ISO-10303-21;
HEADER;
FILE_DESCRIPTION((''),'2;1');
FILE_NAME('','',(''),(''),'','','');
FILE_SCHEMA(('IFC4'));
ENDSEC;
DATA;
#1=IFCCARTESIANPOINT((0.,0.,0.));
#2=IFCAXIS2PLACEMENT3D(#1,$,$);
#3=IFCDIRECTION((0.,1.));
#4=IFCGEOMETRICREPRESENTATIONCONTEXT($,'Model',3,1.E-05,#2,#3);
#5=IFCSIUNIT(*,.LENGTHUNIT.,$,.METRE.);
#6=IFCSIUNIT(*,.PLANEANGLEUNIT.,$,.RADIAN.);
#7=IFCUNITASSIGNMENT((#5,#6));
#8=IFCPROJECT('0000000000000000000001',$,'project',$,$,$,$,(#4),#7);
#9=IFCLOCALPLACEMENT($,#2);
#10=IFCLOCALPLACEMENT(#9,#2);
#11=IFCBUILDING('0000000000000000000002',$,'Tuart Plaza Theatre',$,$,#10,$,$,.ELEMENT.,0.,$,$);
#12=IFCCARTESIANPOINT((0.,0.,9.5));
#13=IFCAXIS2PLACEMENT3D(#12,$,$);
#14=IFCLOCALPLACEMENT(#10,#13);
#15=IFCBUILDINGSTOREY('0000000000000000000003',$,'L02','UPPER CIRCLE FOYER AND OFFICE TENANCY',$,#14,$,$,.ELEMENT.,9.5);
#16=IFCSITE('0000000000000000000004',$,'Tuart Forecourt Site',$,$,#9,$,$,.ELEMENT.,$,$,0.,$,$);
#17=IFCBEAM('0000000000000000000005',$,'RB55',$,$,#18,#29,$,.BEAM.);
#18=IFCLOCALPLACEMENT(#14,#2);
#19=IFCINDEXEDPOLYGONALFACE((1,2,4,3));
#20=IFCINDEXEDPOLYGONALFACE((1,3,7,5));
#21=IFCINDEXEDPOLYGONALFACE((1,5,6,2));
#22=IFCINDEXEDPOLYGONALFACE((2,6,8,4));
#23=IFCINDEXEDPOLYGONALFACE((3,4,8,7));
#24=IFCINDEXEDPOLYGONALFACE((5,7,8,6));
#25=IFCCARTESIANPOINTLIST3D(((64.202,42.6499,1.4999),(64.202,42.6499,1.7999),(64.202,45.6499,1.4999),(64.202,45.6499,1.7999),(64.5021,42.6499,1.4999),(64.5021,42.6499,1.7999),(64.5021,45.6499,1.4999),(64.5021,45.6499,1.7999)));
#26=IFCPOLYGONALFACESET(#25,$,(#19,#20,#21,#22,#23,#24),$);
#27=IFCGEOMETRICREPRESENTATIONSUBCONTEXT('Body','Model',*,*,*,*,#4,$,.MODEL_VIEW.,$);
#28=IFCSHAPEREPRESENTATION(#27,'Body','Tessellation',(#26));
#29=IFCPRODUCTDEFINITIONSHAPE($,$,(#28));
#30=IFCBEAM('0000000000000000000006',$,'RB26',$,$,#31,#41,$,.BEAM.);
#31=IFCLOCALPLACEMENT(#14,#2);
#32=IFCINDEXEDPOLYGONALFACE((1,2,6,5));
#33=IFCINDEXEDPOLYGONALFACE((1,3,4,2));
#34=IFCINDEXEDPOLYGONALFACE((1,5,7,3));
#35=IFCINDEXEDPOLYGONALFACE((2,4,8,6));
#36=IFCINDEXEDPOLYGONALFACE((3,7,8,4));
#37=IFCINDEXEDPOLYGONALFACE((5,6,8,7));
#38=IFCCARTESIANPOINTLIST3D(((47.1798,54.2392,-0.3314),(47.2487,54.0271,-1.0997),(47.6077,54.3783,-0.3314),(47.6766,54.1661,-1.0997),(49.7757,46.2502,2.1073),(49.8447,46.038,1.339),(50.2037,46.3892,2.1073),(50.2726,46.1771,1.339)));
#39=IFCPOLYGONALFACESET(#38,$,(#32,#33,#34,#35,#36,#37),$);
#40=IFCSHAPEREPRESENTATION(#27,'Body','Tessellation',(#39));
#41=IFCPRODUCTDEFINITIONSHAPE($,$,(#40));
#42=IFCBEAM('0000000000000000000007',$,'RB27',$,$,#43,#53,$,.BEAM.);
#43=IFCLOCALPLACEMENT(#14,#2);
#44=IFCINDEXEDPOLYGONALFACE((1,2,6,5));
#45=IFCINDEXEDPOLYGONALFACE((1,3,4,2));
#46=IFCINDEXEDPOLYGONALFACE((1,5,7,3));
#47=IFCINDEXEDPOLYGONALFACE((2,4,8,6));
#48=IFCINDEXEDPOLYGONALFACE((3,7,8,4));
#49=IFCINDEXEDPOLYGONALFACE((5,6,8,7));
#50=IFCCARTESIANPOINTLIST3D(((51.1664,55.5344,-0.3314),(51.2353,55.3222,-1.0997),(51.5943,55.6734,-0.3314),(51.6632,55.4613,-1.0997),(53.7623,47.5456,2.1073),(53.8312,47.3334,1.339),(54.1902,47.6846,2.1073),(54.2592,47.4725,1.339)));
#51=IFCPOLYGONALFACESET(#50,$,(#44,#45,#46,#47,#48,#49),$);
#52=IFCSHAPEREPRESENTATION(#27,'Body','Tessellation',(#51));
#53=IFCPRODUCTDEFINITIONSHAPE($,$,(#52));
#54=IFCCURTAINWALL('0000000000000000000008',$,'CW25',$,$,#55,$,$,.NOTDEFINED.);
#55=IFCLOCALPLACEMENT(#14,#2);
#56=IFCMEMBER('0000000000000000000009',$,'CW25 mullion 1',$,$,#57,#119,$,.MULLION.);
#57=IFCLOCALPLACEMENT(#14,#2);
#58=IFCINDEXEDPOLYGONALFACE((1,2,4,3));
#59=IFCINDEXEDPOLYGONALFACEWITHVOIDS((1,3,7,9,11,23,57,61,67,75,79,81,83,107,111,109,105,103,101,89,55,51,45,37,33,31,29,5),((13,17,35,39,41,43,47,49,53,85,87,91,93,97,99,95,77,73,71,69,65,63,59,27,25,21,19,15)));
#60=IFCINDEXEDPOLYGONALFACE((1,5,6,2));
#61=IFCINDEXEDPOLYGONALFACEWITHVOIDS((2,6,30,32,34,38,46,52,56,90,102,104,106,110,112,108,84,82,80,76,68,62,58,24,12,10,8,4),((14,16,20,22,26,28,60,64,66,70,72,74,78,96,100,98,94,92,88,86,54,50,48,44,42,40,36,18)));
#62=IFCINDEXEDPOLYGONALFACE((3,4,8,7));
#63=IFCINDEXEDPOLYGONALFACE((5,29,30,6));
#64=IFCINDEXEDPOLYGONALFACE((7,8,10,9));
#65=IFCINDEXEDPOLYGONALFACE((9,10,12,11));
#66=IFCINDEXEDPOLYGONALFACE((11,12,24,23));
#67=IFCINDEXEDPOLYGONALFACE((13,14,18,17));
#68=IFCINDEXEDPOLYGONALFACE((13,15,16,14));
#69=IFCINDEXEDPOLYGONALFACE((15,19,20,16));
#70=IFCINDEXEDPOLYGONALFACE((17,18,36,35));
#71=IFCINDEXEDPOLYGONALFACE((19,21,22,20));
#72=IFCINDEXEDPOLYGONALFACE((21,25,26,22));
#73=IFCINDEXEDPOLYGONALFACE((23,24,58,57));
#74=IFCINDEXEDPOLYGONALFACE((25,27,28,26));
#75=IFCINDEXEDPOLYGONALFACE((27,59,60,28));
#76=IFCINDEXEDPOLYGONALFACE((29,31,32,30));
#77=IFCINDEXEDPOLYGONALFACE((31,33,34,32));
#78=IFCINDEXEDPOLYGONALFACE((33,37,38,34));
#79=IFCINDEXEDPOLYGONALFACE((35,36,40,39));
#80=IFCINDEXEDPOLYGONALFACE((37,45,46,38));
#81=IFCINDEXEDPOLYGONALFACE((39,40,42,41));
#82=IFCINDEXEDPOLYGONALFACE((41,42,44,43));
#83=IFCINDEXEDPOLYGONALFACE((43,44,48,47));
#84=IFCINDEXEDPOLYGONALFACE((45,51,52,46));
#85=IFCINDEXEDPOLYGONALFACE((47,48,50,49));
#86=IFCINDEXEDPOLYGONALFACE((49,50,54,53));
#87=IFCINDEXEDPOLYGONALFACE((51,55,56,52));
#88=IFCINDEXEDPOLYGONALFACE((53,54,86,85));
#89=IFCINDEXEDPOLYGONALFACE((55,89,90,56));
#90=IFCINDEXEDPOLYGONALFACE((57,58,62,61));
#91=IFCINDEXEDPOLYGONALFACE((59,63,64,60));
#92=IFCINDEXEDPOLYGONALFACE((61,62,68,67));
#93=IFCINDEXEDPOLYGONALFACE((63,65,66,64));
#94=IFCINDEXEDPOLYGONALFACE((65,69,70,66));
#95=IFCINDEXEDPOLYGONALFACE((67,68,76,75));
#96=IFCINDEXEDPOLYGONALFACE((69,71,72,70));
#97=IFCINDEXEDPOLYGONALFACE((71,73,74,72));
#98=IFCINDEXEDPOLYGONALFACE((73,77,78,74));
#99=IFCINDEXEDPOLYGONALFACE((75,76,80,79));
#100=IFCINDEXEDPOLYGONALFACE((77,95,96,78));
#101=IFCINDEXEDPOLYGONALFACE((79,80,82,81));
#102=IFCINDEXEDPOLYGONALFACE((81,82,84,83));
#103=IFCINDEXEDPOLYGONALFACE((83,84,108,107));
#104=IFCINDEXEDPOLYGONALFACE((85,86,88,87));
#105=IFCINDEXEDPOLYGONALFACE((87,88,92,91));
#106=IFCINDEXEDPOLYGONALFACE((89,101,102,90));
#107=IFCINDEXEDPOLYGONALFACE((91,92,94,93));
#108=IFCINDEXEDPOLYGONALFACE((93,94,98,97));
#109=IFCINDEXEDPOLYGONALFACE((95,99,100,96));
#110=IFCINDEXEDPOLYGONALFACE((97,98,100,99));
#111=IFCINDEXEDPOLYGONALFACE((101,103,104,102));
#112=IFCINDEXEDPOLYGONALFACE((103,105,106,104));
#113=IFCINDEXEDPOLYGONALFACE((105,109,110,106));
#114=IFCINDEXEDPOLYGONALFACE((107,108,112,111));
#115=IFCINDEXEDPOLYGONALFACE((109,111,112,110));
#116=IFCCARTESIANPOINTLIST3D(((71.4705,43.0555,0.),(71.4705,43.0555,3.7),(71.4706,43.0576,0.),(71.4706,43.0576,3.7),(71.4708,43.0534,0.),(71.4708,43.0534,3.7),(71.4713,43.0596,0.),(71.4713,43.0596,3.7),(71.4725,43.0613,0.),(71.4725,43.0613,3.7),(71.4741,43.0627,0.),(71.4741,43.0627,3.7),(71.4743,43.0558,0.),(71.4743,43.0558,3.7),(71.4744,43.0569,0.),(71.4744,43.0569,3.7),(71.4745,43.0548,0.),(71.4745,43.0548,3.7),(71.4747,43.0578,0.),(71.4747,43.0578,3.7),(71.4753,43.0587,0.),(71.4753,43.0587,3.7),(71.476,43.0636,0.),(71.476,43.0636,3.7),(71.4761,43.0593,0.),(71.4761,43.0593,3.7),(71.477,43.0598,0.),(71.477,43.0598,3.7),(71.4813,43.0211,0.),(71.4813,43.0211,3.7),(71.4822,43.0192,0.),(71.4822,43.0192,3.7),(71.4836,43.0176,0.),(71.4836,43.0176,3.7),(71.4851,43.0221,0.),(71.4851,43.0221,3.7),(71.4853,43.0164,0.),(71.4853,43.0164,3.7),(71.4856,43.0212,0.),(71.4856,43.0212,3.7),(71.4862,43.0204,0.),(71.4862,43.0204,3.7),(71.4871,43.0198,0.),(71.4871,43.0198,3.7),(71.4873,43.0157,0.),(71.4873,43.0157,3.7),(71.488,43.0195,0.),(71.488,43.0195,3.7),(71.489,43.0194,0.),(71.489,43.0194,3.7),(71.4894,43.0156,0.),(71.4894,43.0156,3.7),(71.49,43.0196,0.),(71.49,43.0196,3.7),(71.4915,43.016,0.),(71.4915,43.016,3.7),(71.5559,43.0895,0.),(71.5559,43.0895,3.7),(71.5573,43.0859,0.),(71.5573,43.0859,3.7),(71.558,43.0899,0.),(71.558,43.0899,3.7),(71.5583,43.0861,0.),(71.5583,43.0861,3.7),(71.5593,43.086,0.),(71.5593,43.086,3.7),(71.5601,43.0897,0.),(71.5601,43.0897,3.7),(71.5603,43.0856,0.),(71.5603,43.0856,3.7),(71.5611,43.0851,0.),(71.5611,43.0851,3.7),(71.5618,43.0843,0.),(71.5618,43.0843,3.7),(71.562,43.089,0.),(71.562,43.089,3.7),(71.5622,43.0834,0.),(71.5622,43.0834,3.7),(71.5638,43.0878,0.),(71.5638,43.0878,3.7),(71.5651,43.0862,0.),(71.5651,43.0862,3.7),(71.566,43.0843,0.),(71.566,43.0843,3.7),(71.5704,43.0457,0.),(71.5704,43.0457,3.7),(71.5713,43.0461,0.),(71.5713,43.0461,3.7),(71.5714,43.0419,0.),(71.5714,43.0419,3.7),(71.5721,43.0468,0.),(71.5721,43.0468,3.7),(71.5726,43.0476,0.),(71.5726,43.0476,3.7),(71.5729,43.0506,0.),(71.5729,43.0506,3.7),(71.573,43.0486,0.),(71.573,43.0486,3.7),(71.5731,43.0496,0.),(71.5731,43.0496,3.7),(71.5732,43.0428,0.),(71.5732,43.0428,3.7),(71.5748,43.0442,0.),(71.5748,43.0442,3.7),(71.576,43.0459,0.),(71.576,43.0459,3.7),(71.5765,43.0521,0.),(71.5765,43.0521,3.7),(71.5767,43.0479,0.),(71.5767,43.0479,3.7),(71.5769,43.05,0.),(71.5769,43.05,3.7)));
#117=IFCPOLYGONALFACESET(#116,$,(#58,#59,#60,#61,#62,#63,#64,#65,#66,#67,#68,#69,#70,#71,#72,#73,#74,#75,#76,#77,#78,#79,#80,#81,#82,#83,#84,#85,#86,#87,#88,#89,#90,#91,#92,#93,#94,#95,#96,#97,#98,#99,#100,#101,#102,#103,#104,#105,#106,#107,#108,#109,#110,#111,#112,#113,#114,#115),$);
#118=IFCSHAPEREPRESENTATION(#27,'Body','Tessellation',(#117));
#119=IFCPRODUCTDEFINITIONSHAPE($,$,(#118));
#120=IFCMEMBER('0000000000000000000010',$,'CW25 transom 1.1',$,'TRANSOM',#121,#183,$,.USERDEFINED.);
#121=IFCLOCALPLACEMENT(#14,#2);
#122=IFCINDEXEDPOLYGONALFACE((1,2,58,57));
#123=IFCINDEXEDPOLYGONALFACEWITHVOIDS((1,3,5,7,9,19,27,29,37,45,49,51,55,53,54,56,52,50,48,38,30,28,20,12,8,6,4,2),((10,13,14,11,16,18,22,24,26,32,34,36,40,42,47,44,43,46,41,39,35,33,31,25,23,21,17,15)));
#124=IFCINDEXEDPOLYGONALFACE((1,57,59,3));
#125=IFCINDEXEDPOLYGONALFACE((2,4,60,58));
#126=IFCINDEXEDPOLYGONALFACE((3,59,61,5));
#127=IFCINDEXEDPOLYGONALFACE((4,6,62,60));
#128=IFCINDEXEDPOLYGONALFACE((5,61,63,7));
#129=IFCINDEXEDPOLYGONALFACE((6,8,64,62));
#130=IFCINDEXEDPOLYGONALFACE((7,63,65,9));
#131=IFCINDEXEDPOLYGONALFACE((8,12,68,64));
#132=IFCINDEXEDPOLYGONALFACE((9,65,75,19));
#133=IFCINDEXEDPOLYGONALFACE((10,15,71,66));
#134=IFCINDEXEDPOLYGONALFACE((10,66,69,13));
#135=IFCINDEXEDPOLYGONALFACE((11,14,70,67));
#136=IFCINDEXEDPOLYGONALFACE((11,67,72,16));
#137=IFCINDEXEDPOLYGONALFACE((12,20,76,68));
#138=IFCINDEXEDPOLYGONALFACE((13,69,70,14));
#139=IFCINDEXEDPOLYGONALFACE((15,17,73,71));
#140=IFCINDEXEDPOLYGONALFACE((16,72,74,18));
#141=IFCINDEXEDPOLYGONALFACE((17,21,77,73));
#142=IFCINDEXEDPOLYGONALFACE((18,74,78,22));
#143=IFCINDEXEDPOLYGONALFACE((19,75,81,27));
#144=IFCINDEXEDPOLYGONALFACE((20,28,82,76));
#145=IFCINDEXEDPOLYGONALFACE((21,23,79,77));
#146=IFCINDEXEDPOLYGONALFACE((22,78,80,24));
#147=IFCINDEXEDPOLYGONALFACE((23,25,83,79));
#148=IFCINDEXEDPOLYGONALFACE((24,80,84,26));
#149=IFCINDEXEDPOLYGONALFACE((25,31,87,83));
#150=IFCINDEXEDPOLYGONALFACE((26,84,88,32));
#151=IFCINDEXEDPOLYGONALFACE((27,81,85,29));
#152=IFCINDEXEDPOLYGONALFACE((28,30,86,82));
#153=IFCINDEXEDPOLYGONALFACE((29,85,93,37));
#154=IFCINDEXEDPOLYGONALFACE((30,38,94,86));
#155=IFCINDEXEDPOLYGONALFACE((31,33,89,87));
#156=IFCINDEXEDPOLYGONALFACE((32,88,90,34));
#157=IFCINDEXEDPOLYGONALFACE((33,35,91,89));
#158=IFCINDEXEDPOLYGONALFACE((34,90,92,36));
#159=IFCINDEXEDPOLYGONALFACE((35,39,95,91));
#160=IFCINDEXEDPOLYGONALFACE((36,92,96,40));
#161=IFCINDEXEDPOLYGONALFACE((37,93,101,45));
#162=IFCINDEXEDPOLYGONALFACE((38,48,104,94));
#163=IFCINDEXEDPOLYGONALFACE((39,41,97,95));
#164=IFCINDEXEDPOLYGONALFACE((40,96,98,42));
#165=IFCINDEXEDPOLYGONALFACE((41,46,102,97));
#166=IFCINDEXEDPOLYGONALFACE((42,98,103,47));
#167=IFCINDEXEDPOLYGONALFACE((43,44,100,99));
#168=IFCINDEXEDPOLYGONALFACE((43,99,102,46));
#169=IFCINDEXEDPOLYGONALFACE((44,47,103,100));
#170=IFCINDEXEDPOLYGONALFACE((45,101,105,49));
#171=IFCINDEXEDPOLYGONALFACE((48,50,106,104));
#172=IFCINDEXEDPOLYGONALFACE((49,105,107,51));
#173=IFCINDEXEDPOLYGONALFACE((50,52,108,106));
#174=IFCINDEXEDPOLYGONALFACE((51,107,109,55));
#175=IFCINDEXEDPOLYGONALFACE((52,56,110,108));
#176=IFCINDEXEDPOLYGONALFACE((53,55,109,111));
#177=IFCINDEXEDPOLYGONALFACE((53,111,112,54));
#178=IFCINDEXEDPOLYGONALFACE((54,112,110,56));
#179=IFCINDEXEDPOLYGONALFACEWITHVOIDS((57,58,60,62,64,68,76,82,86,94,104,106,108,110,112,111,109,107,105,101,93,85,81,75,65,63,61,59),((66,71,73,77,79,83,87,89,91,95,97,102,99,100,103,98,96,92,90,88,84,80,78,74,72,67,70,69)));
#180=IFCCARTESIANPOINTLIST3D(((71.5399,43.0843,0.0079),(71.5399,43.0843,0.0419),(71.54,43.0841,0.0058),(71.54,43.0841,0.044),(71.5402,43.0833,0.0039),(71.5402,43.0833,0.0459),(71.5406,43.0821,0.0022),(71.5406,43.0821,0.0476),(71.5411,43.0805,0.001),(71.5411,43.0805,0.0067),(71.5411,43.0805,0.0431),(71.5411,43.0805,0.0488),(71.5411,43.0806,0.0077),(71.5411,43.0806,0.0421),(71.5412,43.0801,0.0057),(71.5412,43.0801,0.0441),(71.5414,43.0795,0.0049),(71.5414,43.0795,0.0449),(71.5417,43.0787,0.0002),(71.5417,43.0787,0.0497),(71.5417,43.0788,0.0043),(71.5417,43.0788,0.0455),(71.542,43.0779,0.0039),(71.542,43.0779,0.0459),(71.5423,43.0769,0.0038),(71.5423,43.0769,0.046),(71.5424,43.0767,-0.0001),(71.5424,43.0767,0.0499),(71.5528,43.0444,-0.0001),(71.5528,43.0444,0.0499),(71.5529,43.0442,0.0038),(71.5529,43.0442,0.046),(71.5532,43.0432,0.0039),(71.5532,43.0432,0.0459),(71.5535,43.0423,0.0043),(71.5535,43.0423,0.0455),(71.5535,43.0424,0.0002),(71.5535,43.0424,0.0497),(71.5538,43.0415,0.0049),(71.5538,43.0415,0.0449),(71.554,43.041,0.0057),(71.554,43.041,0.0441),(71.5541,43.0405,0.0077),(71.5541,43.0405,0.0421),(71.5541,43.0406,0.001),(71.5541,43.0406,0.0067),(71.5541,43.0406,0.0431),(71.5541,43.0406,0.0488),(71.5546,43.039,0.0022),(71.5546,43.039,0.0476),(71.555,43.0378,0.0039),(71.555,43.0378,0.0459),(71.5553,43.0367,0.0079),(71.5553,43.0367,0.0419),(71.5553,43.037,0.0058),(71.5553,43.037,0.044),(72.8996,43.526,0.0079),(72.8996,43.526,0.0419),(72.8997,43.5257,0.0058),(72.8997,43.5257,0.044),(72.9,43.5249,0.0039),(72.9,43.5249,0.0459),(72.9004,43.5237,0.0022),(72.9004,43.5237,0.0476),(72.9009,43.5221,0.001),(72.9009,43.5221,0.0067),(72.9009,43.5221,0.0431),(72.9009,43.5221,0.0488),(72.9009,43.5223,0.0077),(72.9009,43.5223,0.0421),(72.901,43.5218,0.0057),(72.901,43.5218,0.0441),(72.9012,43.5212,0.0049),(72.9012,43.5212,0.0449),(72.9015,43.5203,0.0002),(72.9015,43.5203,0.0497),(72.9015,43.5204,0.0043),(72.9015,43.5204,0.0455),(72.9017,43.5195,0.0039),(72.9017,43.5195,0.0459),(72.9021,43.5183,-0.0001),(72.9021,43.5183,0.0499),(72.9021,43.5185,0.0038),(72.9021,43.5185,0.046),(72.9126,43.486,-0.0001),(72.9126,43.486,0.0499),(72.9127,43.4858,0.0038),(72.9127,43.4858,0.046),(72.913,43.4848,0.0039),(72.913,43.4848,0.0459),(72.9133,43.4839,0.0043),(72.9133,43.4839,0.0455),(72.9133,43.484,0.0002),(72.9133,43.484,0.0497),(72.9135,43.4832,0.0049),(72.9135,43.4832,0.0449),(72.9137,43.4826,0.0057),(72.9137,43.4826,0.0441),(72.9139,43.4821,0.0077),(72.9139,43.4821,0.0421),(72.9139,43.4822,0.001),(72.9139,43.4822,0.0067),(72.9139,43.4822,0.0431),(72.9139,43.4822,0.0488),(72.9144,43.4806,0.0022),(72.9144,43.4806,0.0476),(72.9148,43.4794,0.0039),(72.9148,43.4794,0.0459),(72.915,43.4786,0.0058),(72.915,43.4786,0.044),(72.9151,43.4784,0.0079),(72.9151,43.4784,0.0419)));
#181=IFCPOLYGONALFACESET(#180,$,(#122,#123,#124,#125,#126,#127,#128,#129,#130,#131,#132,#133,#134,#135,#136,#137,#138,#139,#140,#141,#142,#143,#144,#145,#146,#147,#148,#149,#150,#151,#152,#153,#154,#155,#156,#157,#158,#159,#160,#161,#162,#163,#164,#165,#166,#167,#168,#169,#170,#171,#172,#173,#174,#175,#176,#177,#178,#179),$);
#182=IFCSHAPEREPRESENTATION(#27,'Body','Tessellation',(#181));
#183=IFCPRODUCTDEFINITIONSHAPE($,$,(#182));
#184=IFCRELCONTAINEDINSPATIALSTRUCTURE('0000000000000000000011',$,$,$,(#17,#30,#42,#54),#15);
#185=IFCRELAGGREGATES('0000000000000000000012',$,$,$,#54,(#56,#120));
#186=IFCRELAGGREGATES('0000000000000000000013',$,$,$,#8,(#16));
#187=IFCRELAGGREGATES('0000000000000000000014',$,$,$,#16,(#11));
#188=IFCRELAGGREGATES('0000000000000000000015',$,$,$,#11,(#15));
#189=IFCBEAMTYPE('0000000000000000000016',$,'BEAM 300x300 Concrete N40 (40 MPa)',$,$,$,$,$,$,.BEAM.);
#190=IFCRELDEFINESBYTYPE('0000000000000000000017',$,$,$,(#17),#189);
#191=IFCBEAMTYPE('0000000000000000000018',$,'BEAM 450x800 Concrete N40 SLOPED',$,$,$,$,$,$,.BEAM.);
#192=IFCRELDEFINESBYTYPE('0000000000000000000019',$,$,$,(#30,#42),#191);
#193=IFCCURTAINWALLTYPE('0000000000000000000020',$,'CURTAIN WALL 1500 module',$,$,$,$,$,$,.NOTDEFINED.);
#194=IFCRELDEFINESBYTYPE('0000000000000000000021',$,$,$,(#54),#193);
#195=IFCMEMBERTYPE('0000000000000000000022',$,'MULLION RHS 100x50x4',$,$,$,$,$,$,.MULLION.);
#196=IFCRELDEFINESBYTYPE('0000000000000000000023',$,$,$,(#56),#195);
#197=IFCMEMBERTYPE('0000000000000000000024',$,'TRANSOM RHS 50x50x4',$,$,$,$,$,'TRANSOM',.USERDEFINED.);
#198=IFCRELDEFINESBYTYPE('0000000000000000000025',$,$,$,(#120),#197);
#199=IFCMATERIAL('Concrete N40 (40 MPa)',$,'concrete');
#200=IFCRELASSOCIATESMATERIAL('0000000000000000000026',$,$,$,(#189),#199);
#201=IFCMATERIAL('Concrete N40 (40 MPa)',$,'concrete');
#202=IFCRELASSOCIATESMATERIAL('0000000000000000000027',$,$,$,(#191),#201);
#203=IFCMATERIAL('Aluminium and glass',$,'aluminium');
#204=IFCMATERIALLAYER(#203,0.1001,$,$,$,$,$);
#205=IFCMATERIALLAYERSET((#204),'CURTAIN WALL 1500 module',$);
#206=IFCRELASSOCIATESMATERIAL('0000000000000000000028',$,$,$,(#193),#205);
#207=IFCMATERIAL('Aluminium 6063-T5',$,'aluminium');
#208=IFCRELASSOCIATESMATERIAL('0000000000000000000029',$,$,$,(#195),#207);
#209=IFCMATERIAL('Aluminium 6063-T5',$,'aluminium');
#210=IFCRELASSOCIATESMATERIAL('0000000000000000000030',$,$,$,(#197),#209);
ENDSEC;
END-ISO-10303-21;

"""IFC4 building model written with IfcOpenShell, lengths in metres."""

from ifc_helpers import new_model, si_unit, direction, frame, origin, origin_2d, place, context, subcontext, project, spatial, rectangle, hollow_rectangle, extrude, material, layer, layer_set, material_profile, profile_set, type_object, element, aggregate, save


model = new_model("IFC4")

# Units and contexts
model_context = context("Model", 3, precision=1e-05, world=origin(), true_north=direction((0.0, 1.0)))
body_context = subcontext(model_context, "Body", "Model", "MODEL_VIEW")
ifc_project = project(units=[si_unit("LENGTHUNIT", "METRE"), si_unit("PLANEANGLEUNIT", "RADIAN")], contexts=[model_context])

# Site, building, storey
site_placement = place(None, origin())
site = spatial("IfcSite", under=ifc_project, at=site_placement, Name="Tuart Forecourt Site", CompositionType="ELEMENT", RefElevation=0.0)
building_placement = place(site_placement, origin())
building = spatial("IfcBuilding", under=site, at=building_placement, Name="Tuart Plaza Theatre", CompositionType="ELEMENT", ElevationOfRefHeight=0.0)
storey_placement = place(building_placement, frame((0.0, 0.0, 9.5)))
storey = spatial("IfcBuildingStorey", under=building, at=storey_placement, Name="L02", Description="UPPER CIRCLE FOYER AND OFFICE TENANCY", CompositionType="ELEMENT", Elevation=9.5)

# Beams
ifc_material_1 = material(Name="Concrete N40 (40 MPa)", Category="concrete")
ifc_material_profile_1 = material_profile(ifc_material_1, rectangle(XDim=0.3, YDim=0.3, at=origin_2d()), Name="BEAM 300x300 Concrete N40 (40 MPa)")
ifc_profile_set_1 = profile_set([ifc_material_profile_1], Name="Concrete N40 (40 MPa)")
beam_type_1 = type_object("IfcBeamType", Name="BEAM 300x300 Concrete N40 (40 MPa)", PredefinedType="BEAM", material=ifc_profile_set_1)
beam_1_placement = place(storey_placement, frame((64.3521, 45.6499, 1.6499), z_axis=(0.0, -1.0, 0.0), x_axis=(1.0, 0.0, 0.0)))
element("IfcBeam", 1, at=beam_1_placement, inside=storey, type_object=beam_type_1, Name="RB55", PredefinedType="BEAM", context=body_context, shape_type="SweptSolid", body=[
    extrude(rectangle(XDim=0.3, YDim=0.3, at=origin_2d()), origin(), (0.0, 0.0, 1.0), 3.0),
])
ifc_material_2 = material(Name="Concrete N40 (40 MPa)", Category="concrete")
ifc_material_profile_2 = material_profile(ifc_material_2, rectangle(XDim=0.45, YDim=0.8, at=origin_2d()), Name="BEAM 450x800 Concrete N40 SLOPED")
ifc_profile_set_2 = profile_set([ifc_material_profile_2], Name="Concrete N40 (40 MPa)")
beam_type_2 = type_object("IfcBeamType", Name="BEAM 450x800 Concrete N40 SLOPED", PredefinedType="BEAM", material=ifc_profile_set_2)
beam_2_placement = place(storey_placement, frame((50.0242, 46.2136, 1.7231), z_axis=(-0.29678, 0.91334, -0.278805), x_axis=(-0.951051, -0.309034, 0.0)))
element("IfcBeam", 2, at=beam_2_placement, inside=storey, type_object=beam_type_2, Name="RB26", PredefinedType="BEAM", context=body_context, shape_type="SweptSolid", body=[
    extrude(rectangle(XDim=0.45, YDim=0.8, at=origin_2d()), origin(), (0.0, 0.0, 1.0), 8.7471),
])
beam_3_placement = place(storey_placement, frame((54.0107, 47.509, 1.7231), z_axis=(-0.296788, 0.913335, -0.278812), x_axis=(-0.951048, -0.309043, 0.0)))
element("IfcBeam", 3, at=beam_3_placement, inside=storey, type_object=beam_type_2, Name="RB27", PredefinedType="BEAM", context=body_context, shape_type="SweptSolid", body=[
    extrude(rectangle(XDim=0.45, YDim=0.8, at=origin_2d()), origin(), (0.0, 0.0, 1.0), 8.7468),
])

# Curtain wall, members
ifc_material_3 = material(Name="Aluminium and glass", Category="aluminium")
ifc_layer_1 = layer(ifc_material_3, 0.1001)
ifc_layer_set_1 = layer_set([ifc_layer_1], Name="CURTAIN WALL 1500 module")
curtain_wall_type = type_object("IfcCurtainWallType", Name="CURTAIN WALL 1500 module", PredefinedType="NOTDEFINED", material=ifc_layer_set_1)
curtain_wall_placement = place(storey_placement, origin())
curtain_wall = element("IfcCurtainWall", 4, at=curtain_wall_placement, inside=storey, type_object=curtain_wall_type, Name="CW25", PredefinedType="NOTDEFINED")
ifc_material_4 = material(Name="Aluminium 6063-T5", Category="aluminium")
ifc_material_profile_3 = material_profile(ifc_material_4, hollow_rectangle(XDim=0.05, YDim=0.1001, WallThickness=0.0039, InnerFilletRadius=0.0039, OuterFilletRadius=0.0081, at=origin_2d()), Name="RHS 100x50x4")
ifc_profile_set_3 = profile_set([ifc_material_profile_3], Name="Aluminium 6063-T5")
member_type_1 = type_object("IfcMemberType", Name="MULLION RHS 100x50x4", PredefinedType="MULLION", material=ifc_profile_set_3)
member_1_placement = place(storey_placement, frame((71.5237, 43.0527, 0.0), z_axis=(0.0, 0.0, 1.0), x_axis=(-0.308986, 0.951067, 0.0)))
member_1 = element("IfcMember", 5, at=member_1_placement, type_object=member_type_1, Name="CW25 mullion 1", PredefinedType="MULLION", context=body_context, shape_type="SweptSolid", body=[
    extrude(hollow_rectangle(XDim=0.05, YDim=0.1001, WallThickness=0.0039, InnerFilletRadius=0.0039, OuterFilletRadius=0.0081, at=origin_2d()), origin(), (0.0, 0.0, 1.0), 3.7),
])
ifc_material_5 = material(Name="Aluminium 6063-T5", Category="aluminium")
ifc_material_profile_4 = material_profile(ifc_material_5, hollow_rectangle(XDim=0.05, YDim=0.05, WallThickness=0.0039, InnerFilletRadius=0.0039, OuterFilletRadius=0.0081, at=origin_2d()), Name="RHS 50x50x4")
ifc_profile_set_4 = profile_set([ifc_material_profile_4], Name="Aluminium 6063-T5")
member_type_2 = type_object("IfcMemberType", Name="TRANSOM RHS 50x50x4", ElementType="TRANSOM", PredefinedType="USERDEFINED", material=ifc_profile_set_4)
member_2_placement = place(storey_placement, frame((71.5476, 43.0605, 0.0249), z_axis=(0.951097, 0.308893, 0.0), x_axis=(-0.308893, 0.951097, 0.0)))
member_2 = element("IfcMember", 6, at=member_2_placement, type_object=member_type_2, Name="CW25 transom 1.1", ObjectType="TRANSOM", PredefinedType="USERDEFINED", context=body_context, shape_type="SweptSolid", body=[
    extrude(hollow_rectangle(XDim=0.05, YDim=0.05, WallThickness=0.0039, InnerFilletRadius=0.0039, OuterFilletRadius=0.0081, at=origin_2d()), origin(), (0.0, 0.0, 1.0), 1.4297),
])
aggregate(curtain_wall, [member_1, member_2])

save(model, "model.ifc")
